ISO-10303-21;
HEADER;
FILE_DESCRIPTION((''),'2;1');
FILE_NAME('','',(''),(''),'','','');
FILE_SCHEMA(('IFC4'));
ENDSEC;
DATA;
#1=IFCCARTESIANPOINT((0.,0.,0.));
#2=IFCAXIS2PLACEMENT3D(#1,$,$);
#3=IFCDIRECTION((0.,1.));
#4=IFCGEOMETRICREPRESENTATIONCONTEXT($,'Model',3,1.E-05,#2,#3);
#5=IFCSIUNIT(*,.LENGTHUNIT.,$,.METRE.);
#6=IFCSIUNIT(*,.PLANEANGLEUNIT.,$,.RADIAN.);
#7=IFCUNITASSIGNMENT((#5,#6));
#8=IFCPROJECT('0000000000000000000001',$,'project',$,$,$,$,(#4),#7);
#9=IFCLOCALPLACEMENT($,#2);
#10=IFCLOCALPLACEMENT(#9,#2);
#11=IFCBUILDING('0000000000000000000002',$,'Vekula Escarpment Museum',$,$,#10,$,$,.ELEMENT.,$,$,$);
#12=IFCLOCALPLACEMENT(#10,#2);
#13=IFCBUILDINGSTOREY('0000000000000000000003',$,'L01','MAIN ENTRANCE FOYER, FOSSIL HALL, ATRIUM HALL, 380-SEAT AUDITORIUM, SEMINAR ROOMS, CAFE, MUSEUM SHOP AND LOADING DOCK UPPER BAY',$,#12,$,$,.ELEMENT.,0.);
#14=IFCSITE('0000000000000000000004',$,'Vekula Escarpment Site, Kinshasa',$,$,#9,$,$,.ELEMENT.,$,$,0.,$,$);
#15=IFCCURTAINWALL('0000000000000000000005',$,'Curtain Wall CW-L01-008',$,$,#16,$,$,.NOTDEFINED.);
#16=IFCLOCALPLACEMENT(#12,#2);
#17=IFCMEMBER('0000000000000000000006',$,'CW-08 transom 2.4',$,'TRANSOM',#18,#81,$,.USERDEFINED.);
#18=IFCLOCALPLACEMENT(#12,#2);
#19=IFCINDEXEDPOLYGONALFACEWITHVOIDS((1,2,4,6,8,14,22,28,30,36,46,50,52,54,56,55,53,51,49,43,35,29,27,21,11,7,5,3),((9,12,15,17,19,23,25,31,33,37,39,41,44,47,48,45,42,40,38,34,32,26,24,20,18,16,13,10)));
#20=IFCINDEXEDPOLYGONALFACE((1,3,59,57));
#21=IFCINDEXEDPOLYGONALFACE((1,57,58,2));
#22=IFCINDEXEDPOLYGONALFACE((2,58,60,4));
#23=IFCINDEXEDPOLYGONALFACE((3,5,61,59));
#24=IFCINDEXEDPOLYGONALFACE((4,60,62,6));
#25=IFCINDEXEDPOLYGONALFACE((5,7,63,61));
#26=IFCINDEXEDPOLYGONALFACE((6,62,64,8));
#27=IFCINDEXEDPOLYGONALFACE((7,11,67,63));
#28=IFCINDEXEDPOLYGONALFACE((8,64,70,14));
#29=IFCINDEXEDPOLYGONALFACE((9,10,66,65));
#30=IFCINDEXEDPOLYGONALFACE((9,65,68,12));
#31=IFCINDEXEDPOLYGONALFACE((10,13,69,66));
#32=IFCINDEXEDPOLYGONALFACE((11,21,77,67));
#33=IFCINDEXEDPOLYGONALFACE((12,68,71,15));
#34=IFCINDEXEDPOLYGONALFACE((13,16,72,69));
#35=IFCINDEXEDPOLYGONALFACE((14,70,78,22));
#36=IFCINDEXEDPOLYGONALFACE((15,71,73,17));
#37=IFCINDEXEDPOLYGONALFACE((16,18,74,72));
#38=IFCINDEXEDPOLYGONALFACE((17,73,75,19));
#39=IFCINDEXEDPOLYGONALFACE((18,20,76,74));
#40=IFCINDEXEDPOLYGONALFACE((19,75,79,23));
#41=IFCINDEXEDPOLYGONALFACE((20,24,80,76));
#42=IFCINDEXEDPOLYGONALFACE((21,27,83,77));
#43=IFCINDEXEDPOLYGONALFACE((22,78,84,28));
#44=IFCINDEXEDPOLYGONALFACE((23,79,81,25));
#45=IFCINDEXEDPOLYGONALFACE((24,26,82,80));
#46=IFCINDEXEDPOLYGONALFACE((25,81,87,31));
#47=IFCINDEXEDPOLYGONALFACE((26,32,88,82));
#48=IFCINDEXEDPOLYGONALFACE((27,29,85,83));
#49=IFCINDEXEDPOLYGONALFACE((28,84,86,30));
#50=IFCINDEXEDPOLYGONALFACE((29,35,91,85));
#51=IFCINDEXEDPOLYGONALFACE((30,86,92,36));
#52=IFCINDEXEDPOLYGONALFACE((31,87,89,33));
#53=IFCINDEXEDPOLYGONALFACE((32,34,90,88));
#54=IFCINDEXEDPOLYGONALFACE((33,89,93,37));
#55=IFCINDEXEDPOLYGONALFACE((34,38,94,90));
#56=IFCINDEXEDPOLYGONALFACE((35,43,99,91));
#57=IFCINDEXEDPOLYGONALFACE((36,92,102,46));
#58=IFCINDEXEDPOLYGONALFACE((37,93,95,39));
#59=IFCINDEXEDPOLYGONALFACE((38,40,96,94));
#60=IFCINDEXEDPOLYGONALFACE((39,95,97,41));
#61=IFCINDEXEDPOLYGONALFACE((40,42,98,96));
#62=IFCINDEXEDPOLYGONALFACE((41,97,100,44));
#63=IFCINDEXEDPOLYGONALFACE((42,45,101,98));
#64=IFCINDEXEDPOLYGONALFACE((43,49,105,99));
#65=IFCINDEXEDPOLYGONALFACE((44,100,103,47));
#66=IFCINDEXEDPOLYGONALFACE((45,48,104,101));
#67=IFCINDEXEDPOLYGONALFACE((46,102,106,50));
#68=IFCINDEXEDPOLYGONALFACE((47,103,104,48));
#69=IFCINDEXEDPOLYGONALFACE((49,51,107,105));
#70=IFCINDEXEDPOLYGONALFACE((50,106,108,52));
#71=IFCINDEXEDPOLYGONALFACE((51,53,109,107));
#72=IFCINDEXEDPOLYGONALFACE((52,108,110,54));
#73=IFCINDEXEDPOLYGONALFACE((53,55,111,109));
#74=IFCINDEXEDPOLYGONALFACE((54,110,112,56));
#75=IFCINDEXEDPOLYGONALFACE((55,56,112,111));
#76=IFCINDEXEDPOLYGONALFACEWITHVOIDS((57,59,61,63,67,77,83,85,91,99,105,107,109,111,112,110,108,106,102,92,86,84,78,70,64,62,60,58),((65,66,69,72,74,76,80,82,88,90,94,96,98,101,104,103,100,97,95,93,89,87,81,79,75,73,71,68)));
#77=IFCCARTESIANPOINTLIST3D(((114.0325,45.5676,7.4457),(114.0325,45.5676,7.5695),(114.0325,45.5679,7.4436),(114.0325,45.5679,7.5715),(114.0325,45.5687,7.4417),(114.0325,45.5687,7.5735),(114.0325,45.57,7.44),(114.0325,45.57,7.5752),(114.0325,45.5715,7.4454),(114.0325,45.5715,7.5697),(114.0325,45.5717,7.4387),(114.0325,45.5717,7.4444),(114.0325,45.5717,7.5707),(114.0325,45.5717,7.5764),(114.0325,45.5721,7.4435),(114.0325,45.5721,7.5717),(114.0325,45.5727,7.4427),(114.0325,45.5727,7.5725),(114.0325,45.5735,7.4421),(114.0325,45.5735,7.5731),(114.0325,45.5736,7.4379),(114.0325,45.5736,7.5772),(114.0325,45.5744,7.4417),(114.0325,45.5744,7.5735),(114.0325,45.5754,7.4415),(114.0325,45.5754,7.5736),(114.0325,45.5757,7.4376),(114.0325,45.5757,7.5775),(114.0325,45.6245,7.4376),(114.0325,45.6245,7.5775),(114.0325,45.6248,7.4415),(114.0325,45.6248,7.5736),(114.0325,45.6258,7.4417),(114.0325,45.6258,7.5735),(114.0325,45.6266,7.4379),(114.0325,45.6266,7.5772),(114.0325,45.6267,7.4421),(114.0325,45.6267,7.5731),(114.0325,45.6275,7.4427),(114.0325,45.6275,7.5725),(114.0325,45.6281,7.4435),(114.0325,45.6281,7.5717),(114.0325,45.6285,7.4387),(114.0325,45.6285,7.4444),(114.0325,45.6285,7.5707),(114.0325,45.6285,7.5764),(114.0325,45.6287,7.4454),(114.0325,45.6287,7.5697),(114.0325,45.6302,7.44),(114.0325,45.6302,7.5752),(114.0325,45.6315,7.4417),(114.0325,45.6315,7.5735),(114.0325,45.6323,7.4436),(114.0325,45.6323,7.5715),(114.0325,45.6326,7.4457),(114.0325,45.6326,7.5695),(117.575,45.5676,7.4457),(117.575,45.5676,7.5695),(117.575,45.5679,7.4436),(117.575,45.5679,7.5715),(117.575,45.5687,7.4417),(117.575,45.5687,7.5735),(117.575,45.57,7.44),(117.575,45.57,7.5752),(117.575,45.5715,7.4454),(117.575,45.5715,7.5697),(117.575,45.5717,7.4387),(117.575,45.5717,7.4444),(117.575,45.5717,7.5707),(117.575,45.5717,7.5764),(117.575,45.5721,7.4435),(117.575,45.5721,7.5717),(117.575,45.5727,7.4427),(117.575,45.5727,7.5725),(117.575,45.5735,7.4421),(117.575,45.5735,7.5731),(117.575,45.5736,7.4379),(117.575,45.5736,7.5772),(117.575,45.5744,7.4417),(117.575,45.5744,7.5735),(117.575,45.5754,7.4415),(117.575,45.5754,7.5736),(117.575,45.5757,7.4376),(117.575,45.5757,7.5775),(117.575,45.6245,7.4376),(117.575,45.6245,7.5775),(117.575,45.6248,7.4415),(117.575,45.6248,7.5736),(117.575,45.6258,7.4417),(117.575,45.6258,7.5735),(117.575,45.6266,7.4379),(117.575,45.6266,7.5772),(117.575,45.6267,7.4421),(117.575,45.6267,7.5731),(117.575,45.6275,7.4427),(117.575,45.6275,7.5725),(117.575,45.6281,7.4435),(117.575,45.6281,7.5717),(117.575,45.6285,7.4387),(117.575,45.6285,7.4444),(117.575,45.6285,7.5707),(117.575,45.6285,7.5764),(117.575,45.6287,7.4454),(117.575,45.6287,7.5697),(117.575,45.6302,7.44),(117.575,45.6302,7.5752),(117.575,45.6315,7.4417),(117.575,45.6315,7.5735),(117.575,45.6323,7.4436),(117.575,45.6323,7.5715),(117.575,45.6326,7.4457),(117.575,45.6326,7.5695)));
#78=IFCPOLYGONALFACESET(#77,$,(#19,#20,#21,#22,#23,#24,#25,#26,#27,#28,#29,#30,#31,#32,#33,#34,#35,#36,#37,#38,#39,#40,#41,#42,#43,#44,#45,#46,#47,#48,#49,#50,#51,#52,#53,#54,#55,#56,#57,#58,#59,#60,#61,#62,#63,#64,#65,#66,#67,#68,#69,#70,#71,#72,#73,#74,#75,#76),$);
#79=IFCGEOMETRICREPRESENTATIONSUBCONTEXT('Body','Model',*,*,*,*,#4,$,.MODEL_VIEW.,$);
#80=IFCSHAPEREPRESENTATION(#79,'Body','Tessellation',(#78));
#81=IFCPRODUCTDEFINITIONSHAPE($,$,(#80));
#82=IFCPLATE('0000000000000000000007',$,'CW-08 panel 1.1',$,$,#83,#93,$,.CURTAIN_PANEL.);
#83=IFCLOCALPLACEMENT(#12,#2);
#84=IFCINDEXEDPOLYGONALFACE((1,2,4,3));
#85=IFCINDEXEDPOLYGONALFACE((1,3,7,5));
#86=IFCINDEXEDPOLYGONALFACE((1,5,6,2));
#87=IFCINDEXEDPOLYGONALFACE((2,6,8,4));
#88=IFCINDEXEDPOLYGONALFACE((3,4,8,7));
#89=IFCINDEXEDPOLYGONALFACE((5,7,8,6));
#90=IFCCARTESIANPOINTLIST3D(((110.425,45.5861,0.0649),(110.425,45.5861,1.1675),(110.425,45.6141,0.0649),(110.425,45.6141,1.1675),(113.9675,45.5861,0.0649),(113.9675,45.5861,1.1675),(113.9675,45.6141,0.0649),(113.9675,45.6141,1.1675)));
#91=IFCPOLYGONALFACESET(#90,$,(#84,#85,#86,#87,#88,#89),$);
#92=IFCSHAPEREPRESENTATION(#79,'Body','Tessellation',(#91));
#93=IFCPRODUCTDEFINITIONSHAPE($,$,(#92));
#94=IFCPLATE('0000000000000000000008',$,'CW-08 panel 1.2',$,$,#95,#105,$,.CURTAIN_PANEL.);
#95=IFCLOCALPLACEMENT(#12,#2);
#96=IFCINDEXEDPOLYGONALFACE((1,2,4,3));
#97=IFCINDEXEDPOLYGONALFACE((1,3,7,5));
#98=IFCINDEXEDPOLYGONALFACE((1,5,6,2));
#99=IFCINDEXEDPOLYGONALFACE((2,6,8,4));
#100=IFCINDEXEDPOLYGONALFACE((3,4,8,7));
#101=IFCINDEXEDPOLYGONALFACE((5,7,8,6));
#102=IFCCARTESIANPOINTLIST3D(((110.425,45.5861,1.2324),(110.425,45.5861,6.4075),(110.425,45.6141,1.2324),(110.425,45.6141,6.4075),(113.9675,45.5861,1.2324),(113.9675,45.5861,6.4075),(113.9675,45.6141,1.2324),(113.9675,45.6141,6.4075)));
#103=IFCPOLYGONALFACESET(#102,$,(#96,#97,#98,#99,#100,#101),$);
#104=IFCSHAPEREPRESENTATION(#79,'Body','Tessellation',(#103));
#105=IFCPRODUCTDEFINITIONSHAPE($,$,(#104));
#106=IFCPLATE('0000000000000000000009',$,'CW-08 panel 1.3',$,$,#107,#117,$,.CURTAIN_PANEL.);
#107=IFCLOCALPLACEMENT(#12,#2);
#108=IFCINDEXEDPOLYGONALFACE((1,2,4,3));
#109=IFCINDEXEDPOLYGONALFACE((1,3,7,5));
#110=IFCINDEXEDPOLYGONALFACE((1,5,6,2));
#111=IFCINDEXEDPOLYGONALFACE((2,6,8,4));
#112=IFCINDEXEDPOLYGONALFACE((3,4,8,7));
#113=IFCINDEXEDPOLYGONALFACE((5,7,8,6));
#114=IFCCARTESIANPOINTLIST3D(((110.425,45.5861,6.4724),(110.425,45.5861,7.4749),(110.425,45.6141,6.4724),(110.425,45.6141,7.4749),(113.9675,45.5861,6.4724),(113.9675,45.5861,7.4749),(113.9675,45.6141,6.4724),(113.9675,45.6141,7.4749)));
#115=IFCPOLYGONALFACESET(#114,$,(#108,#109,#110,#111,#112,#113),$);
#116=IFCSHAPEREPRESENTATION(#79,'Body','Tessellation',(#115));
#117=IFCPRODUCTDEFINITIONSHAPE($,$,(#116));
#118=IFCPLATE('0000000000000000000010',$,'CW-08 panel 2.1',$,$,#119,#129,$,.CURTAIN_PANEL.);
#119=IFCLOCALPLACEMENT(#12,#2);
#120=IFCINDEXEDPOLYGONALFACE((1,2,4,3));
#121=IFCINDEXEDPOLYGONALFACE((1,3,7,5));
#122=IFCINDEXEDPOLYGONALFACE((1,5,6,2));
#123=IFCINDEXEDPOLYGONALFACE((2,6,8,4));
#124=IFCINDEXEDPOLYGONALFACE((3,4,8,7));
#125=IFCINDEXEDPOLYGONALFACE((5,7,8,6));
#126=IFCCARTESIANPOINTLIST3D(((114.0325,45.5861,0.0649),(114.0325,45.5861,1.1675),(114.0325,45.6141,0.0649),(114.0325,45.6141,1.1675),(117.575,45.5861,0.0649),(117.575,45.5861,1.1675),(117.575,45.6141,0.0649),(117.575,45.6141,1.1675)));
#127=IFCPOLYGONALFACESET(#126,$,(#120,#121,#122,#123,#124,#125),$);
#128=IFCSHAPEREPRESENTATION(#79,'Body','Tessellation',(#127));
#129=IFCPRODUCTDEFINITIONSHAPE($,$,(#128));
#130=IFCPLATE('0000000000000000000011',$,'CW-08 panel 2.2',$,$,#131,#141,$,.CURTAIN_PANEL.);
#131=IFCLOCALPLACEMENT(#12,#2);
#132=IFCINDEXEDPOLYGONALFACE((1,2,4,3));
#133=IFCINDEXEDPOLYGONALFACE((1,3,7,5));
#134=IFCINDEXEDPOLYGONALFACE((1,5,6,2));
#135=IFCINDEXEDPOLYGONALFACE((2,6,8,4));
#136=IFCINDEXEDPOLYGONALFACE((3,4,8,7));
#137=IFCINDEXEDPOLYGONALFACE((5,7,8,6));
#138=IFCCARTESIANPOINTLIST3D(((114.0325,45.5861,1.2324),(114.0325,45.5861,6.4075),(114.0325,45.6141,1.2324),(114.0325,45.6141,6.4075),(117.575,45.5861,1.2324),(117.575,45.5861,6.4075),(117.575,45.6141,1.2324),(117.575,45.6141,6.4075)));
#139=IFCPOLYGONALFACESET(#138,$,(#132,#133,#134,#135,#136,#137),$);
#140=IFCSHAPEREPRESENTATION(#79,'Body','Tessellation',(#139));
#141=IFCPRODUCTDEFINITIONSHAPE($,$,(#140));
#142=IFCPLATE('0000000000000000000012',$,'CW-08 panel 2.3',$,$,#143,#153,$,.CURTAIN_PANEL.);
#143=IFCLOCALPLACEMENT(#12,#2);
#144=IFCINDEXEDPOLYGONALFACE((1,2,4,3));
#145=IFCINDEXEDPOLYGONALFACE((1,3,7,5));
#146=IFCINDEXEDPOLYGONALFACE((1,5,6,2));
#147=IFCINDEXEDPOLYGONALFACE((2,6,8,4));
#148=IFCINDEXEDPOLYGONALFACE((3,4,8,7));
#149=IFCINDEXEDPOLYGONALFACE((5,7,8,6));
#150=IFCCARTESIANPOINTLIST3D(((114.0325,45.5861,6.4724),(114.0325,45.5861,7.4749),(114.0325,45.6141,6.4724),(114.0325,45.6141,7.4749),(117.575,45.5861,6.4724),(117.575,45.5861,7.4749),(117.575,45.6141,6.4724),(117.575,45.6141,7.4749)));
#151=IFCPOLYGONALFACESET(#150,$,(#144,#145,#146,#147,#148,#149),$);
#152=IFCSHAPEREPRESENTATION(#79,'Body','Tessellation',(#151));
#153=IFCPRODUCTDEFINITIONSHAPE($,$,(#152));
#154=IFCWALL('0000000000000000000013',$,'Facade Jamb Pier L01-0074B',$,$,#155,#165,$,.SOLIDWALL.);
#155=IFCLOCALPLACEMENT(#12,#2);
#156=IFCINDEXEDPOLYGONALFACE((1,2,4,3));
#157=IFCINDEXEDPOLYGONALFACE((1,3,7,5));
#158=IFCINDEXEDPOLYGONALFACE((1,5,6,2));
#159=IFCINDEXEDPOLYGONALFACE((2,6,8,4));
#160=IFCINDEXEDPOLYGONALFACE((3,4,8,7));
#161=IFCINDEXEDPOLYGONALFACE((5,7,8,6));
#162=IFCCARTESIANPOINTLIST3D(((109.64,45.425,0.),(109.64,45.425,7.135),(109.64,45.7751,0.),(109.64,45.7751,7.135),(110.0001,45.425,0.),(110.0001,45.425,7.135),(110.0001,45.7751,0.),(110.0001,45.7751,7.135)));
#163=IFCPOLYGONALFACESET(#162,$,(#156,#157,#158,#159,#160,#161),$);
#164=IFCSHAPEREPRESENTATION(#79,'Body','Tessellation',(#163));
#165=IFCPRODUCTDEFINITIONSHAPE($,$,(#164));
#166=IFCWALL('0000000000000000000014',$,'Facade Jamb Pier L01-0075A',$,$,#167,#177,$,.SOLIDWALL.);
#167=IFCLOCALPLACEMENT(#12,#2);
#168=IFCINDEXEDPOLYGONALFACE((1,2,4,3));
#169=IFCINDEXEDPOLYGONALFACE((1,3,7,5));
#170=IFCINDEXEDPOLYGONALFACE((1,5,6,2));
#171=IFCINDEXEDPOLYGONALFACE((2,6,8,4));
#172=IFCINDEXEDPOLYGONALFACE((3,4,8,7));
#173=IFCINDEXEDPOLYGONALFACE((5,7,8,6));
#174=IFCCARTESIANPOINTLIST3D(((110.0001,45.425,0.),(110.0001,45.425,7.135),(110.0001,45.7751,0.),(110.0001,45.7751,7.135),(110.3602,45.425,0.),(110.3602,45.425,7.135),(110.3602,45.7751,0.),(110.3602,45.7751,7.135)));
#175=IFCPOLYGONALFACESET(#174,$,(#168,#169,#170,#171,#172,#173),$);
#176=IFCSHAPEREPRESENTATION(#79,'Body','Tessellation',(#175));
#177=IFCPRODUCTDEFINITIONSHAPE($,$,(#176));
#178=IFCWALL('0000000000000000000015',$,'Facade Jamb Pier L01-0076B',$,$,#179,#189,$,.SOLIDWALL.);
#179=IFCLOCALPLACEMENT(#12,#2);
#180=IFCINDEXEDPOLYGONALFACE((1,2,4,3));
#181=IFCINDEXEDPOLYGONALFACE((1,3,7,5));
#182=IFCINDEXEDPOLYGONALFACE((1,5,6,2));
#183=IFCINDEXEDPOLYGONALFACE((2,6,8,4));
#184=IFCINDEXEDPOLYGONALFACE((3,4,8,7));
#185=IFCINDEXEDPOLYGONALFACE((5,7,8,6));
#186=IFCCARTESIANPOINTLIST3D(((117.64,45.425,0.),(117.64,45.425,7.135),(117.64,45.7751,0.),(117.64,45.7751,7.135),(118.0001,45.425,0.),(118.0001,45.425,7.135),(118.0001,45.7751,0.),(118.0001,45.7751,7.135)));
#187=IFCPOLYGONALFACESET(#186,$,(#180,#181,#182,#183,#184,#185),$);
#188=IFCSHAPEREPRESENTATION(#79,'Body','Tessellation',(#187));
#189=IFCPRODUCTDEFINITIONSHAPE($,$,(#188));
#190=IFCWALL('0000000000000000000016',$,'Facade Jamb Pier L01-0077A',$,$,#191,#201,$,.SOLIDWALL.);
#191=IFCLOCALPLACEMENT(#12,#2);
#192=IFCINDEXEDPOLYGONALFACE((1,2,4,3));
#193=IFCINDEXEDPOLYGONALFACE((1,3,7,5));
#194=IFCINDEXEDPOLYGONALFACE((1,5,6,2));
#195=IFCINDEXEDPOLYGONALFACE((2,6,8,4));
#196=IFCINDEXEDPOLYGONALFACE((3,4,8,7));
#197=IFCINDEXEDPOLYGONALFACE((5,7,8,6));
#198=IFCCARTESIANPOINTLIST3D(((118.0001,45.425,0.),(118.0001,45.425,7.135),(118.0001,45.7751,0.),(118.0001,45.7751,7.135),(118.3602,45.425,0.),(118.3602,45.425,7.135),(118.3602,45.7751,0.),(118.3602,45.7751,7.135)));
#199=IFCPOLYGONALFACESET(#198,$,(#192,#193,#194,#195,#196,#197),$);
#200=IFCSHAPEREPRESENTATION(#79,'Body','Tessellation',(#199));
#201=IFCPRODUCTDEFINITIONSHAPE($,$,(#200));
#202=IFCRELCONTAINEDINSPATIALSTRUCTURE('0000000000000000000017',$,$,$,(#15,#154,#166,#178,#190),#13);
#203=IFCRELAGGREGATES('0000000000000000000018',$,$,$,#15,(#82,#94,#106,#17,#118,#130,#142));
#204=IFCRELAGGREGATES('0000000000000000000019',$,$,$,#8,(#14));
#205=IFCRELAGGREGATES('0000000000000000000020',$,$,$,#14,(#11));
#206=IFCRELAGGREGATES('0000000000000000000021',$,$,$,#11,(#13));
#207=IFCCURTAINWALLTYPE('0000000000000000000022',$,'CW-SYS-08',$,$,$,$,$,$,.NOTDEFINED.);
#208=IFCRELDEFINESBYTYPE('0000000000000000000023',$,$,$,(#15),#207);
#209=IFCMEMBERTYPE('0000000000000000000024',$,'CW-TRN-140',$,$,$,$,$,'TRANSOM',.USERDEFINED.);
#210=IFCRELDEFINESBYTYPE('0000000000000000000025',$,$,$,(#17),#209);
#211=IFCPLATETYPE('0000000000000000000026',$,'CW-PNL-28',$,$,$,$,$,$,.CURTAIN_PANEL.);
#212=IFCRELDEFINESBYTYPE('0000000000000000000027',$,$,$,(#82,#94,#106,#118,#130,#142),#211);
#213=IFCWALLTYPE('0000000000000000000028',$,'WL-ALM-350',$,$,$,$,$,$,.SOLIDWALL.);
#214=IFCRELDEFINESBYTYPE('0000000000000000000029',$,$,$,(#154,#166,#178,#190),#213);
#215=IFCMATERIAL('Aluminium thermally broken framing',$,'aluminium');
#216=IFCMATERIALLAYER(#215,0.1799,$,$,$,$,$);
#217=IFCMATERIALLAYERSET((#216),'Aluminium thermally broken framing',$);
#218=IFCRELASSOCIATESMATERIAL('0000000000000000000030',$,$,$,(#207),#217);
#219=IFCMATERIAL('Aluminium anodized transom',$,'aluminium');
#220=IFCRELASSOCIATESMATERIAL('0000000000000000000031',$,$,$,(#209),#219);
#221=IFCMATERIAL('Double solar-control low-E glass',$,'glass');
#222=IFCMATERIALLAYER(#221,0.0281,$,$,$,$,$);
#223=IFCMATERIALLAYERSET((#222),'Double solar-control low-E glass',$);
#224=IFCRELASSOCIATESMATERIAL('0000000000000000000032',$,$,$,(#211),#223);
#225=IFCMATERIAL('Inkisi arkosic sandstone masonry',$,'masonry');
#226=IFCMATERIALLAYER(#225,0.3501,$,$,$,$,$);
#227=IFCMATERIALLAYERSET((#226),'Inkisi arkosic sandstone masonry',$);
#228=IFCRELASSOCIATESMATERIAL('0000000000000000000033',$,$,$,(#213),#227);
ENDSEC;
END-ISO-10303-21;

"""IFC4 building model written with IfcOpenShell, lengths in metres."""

from ifc_helpers import new_model, si_unit, direction, frame, frame_2d, origin, origin_2d, place, context, subcontext, project, spatial, rectangle, hollow_rectangle, extrude, material, layer, layer_set, material_profile, profile_set, type_object, element, aggregate, save


model = new_model("IFC4")

# Units and contexts
model_context = context("Model", 3, precision=1e-05, world=origin(), true_north=direction((0.0, 1.0)))
body_context = subcontext(model_context, "Body", "Model", "MODEL_VIEW")
ifc_project = project(units=[si_unit("LENGTHUNIT", "METRE"), si_unit("PLANEANGLEUNIT", "RADIAN")], contexts=[model_context])

# Site, building, storey
site_placement = place(None, origin())
site = spatial("IfcSite", under=ifc_project, at=site_placement, Name="Vekula Escarpment Site, Kinshasa", CompositionType="ELEMENT", RefElevation=0.0)
building_placement = place(site_placement, origin())
building = spatial("IfcBuilding", under=site, at=building_placement, Name="Vekula Escarpment Museum", CompositionType="ELEMENT")
storey_placement = place(building_placement, origin())
storey = spatial("IfcBuildingStorey", under=building, at=storey_placement, Name="L01", Description="MAIN ENTRANCE FOYER, FOSSIL HALL, ATRIUM HALL, 380-SEAT AUDITORIUM, SEMINAR ROOMS, CAFE, MUSEUM SHOP AND LOADING DOCK UPPER BAY", CompositionType="ELEMENT", Elevation=0.0)

# Curtain wall, member, plates
ifc_material_1 = material(Name="Aluminium thermally broken framing", Category="aluminium")
ifc_layer_1 = layer(ifc_material_1, 0.1799)
ifc_layer_set_1 = layer_set([ifc_layer_1], Name="Aluminium thermally broken framing")
curtain_wall_type = type_object("IfcCurtainWallType", Name="CW-SYS-08", PredefinedType="NOTDEFINED", material=ifc_layer_set_1)
curtain_wall_placement = place(storey_placement, origin())
curtain_wall = element("IfcCurtainWall", 1, at=curtain_wall_placement, inside=storey, type_object=curtain_wall_type, Name="Curtain Wall CW-L01-008", PredefinedType="NOTDEFINED")
ifc_material_2 = material(Name="Aluminium anodized transom", Category="aluminium")
ifc_material_profile_1 = material_profile(ifc_material_2, hollow_rectangle(XDim=0.0649, YDim=0.1399, WallThickness=0.0039, InnerFilletRadius=0.0039, OuterFilletRadius=0.0081, at=origin_2d()), Name="ALU 140x65x4")
ifc_profile_set_1 = profile_set([ifc_material_profile_1], Name="Aluminium anodized transom")
member_type_1 = type_object("IfcMemberType", Name="CW-TRN-140", ElementType="TRANSOM", PredefinedType="USERDEFINED", material=ifc_profile_set_1)
member_1_placement = place(storey_placement, frame((114.0325, 45.6001, 7.5076), z_axis=(1.0, 0.0, 0.0), x_axis=(0.0, 1.0, 0.0)))
member_1 = element("IfcMember", 2, at=member_1_placement, type_object=member_type_1, Name="CW-08 transom 2.4", ObjectType="TRANSOM", PredefinedType="USERDEFINED", context=body_context, shape_type="SweptSolid", body=[
    extrude(hollow_rectangle(XDim=0.0649, YDim=0.1399, WallThickness=0.0039, InnerFilletRadius=0.0039, OuterFilletRadius=0.0081, at=origin_2d()), origin(), (0.0, 0.0, 1.0), 3.5425),
])
ifc_material_3 = material(Name="Double solar-control low-E glass", Category="glass")
ifc_layer_2 = layer(ifc_material_3, 0.0281)
ifc_layer_set_2 = layer_set([ifc_layer_2], Name="Double solar-control low-E glass")
plate_type = type_object("IfcPlateType", Name="CW-PNL-28", PredefinedType="CURTAIN_PANEL", material=ifc_layer_set_2)
plate_1_placement = place(storey_placement, frame((112.1963, 45.6001, 0.0649), z_axis=(0.0, 0.0, 1.0), x_axis=(1.0, 0.0, 0.0)))
plate_1 = element("IfcPlate", 3, at=plate_1_placement, type_object=plate_type, Name="CW-08 panel 1.1", PredefinedType="CURTAIN_PANEL", context=body_context, shape_type="SweptSolid", body=[
    extrude(rectangle(XDim=3.5425, YDim=0.0281, at=origin_2d()), origin(), (0.0, 0.0, 1.0), 1.1025),
])
plate_2_placement = place(storey_placement, frame((112.1963, 45.6001, 1.2324), z_axis=(0.0, 0.0, 1.0), x_axis=(1.0, 0.0, 0.0)))
plate_2 = element("IfcPlate", 4, at=plate_2_placement, type_object=plate_type, Name="CW-08 panel 1.2", PredefinedType="CURTAIN_PANEL", context=body_context, shape_type="SweptSolid", body=[
    extrude(rectangle(XDim=3.5425, YDim=0.0281, at=origin_2d()), origin(), (0.0, 0.0, 1.0), 5.175),
])
plate_3_placement = place(storey_placement, frame((112.1963, 45.6001, 6.4724), z_axis=(0.0, 0.0, 1.0), x_axis=(1.0, 0.0, 0.0)))
plate_3 = element("IfcPlate", 5, at=plate_3_placement, type_object=plate_type, Name="CW-08 panel 1.3", PredefinedType="CURTAIN_PANEL", context=body_context, shape_type="SweptSolid", body=[
    extrude(rectangle(XDim=3.5425, YDim=0.0281, at=origin_2d()), origin(), (0.0, 0.0, 1.0), 1.0024),
])
plate_4_placement = place(storey_placement, frame((115.8037, 45.6001, 0.0649), z_axis=(0.0, 0.0, 1.0), x_axis=(1.0, 0.0, 0.0)))
plate_4 = element("IfcPlate", 6, at=plate_4_placement, type_object=plate_type, Name="CW-08 panel 2.1", PredefinedType="CURTAIN_PANEL", context=body_context, shape_type="SweptSolid", body=[
    extrude(rectangle(XDim=3.5425, YDim=0.0281, at=origin_2d()), origin(), (0.0, 0.0, 1.0), 1.1025),
])
plate_5_placement = place(storey_placement, frame((115.8037, 45.6001, 1.2324), z_axis=(0.0, 0.0, 1.0), x_axis=(1.0, 0.0, 0.0)))
plate_5 = element("IfcPlate", 7, at=plate_5_placement, type_object=plate_type, Name="CW-08 panel 2.2", PredefinedType="CURTAIN_PANEL", context=body_context, shape_type="SweptSolid", body=[
    extrude(rectangle(XDim=3.5425, YDim=0.0281, at=origin_2d()), origin(), (0.0, 0.0, 1.0), 5.175),
])
plate_6_placement = place(storey_placement, frame((115.8037, 45.6001, 6.4724), z_axis=(0.0, 0.0, 1.0), x_axis=(1.0, 0.0, 0.0)))
plate_6 = element("IfcPlate", 8, at=plate_6_placement, type_object=plate_type, Name="CW-08 panel 2.3", PredefinedType="CURTAIN_PANEL", context=body_context, shape_type="SweptSolid", body=[
    extrude(rectangle(XDim=3.5425, YDim=0.0281, at=origin_2d()), origin(), (0.0, 0.0, 1.0), 1.0024),
])
aggregate(curtain_wall, [plate_1, plate_2, plate_3, member_1, plate_4, plate_5, plate_6])

# Walls
ifc_material_4 = material(Name="Inkisi arkosic sandstone masonry", Category="masonry")
ifc_layer_3 = layer(ifc_material_4, 0.3501)
ifc_layer_set_3 = layer_set([ifc_layer_3], Name="Inkisi arkosic sandstone masonry")
wall_type = type_object("IfcWallType", Name="WL-ALM-350", PredefinedType="SOLIDWALL", material=ifc_layer_set_3)
for number, where, z_axis, x_axis, name in (
    (9, (109.6399, 45.6001, 0.0), (0.0, 0.0, 1.0), (1.0, 0.0, 0.0), "Facade Jamb Pier L01-0074B"),
    (10, (110.0, 45.6001, 0.0), (0.0, 0.0, 1.0), (1.0, 0.0, 0.0), "Facade Jamb Pier L01-0075A"),
    (11, (117.6399, 45.6001, 0.0), (0.0, 0.0, 1.0), (1.0, 0.0, 0.0), "Facade Jamb Pier L01-0076B"),
    (12, (118.0, 45.6001, 0.0), (0.0, 0.0, 1.0), (1.0, 0.0, 0.0), "Facade Jamb Pier L01-0077A"),
):
    element("IfcWall", number, at=place(storey_placement, frame(where, z_axis=z_axis, x_axis=x_axis)), inside=storey, type_object=wall_type, Name=name, PredefinedType="SOLIDWALL", context=body_context, shape_type="SweptSolid", body=[
        extrude(rectangle(XDim=0.3601, YDim=0.3501, at=frame_2d((0.1802, 0.0))), origin(), (0.0, 0.0, 1.0), 7.135),
    ])

save(model, "model.ifc")
